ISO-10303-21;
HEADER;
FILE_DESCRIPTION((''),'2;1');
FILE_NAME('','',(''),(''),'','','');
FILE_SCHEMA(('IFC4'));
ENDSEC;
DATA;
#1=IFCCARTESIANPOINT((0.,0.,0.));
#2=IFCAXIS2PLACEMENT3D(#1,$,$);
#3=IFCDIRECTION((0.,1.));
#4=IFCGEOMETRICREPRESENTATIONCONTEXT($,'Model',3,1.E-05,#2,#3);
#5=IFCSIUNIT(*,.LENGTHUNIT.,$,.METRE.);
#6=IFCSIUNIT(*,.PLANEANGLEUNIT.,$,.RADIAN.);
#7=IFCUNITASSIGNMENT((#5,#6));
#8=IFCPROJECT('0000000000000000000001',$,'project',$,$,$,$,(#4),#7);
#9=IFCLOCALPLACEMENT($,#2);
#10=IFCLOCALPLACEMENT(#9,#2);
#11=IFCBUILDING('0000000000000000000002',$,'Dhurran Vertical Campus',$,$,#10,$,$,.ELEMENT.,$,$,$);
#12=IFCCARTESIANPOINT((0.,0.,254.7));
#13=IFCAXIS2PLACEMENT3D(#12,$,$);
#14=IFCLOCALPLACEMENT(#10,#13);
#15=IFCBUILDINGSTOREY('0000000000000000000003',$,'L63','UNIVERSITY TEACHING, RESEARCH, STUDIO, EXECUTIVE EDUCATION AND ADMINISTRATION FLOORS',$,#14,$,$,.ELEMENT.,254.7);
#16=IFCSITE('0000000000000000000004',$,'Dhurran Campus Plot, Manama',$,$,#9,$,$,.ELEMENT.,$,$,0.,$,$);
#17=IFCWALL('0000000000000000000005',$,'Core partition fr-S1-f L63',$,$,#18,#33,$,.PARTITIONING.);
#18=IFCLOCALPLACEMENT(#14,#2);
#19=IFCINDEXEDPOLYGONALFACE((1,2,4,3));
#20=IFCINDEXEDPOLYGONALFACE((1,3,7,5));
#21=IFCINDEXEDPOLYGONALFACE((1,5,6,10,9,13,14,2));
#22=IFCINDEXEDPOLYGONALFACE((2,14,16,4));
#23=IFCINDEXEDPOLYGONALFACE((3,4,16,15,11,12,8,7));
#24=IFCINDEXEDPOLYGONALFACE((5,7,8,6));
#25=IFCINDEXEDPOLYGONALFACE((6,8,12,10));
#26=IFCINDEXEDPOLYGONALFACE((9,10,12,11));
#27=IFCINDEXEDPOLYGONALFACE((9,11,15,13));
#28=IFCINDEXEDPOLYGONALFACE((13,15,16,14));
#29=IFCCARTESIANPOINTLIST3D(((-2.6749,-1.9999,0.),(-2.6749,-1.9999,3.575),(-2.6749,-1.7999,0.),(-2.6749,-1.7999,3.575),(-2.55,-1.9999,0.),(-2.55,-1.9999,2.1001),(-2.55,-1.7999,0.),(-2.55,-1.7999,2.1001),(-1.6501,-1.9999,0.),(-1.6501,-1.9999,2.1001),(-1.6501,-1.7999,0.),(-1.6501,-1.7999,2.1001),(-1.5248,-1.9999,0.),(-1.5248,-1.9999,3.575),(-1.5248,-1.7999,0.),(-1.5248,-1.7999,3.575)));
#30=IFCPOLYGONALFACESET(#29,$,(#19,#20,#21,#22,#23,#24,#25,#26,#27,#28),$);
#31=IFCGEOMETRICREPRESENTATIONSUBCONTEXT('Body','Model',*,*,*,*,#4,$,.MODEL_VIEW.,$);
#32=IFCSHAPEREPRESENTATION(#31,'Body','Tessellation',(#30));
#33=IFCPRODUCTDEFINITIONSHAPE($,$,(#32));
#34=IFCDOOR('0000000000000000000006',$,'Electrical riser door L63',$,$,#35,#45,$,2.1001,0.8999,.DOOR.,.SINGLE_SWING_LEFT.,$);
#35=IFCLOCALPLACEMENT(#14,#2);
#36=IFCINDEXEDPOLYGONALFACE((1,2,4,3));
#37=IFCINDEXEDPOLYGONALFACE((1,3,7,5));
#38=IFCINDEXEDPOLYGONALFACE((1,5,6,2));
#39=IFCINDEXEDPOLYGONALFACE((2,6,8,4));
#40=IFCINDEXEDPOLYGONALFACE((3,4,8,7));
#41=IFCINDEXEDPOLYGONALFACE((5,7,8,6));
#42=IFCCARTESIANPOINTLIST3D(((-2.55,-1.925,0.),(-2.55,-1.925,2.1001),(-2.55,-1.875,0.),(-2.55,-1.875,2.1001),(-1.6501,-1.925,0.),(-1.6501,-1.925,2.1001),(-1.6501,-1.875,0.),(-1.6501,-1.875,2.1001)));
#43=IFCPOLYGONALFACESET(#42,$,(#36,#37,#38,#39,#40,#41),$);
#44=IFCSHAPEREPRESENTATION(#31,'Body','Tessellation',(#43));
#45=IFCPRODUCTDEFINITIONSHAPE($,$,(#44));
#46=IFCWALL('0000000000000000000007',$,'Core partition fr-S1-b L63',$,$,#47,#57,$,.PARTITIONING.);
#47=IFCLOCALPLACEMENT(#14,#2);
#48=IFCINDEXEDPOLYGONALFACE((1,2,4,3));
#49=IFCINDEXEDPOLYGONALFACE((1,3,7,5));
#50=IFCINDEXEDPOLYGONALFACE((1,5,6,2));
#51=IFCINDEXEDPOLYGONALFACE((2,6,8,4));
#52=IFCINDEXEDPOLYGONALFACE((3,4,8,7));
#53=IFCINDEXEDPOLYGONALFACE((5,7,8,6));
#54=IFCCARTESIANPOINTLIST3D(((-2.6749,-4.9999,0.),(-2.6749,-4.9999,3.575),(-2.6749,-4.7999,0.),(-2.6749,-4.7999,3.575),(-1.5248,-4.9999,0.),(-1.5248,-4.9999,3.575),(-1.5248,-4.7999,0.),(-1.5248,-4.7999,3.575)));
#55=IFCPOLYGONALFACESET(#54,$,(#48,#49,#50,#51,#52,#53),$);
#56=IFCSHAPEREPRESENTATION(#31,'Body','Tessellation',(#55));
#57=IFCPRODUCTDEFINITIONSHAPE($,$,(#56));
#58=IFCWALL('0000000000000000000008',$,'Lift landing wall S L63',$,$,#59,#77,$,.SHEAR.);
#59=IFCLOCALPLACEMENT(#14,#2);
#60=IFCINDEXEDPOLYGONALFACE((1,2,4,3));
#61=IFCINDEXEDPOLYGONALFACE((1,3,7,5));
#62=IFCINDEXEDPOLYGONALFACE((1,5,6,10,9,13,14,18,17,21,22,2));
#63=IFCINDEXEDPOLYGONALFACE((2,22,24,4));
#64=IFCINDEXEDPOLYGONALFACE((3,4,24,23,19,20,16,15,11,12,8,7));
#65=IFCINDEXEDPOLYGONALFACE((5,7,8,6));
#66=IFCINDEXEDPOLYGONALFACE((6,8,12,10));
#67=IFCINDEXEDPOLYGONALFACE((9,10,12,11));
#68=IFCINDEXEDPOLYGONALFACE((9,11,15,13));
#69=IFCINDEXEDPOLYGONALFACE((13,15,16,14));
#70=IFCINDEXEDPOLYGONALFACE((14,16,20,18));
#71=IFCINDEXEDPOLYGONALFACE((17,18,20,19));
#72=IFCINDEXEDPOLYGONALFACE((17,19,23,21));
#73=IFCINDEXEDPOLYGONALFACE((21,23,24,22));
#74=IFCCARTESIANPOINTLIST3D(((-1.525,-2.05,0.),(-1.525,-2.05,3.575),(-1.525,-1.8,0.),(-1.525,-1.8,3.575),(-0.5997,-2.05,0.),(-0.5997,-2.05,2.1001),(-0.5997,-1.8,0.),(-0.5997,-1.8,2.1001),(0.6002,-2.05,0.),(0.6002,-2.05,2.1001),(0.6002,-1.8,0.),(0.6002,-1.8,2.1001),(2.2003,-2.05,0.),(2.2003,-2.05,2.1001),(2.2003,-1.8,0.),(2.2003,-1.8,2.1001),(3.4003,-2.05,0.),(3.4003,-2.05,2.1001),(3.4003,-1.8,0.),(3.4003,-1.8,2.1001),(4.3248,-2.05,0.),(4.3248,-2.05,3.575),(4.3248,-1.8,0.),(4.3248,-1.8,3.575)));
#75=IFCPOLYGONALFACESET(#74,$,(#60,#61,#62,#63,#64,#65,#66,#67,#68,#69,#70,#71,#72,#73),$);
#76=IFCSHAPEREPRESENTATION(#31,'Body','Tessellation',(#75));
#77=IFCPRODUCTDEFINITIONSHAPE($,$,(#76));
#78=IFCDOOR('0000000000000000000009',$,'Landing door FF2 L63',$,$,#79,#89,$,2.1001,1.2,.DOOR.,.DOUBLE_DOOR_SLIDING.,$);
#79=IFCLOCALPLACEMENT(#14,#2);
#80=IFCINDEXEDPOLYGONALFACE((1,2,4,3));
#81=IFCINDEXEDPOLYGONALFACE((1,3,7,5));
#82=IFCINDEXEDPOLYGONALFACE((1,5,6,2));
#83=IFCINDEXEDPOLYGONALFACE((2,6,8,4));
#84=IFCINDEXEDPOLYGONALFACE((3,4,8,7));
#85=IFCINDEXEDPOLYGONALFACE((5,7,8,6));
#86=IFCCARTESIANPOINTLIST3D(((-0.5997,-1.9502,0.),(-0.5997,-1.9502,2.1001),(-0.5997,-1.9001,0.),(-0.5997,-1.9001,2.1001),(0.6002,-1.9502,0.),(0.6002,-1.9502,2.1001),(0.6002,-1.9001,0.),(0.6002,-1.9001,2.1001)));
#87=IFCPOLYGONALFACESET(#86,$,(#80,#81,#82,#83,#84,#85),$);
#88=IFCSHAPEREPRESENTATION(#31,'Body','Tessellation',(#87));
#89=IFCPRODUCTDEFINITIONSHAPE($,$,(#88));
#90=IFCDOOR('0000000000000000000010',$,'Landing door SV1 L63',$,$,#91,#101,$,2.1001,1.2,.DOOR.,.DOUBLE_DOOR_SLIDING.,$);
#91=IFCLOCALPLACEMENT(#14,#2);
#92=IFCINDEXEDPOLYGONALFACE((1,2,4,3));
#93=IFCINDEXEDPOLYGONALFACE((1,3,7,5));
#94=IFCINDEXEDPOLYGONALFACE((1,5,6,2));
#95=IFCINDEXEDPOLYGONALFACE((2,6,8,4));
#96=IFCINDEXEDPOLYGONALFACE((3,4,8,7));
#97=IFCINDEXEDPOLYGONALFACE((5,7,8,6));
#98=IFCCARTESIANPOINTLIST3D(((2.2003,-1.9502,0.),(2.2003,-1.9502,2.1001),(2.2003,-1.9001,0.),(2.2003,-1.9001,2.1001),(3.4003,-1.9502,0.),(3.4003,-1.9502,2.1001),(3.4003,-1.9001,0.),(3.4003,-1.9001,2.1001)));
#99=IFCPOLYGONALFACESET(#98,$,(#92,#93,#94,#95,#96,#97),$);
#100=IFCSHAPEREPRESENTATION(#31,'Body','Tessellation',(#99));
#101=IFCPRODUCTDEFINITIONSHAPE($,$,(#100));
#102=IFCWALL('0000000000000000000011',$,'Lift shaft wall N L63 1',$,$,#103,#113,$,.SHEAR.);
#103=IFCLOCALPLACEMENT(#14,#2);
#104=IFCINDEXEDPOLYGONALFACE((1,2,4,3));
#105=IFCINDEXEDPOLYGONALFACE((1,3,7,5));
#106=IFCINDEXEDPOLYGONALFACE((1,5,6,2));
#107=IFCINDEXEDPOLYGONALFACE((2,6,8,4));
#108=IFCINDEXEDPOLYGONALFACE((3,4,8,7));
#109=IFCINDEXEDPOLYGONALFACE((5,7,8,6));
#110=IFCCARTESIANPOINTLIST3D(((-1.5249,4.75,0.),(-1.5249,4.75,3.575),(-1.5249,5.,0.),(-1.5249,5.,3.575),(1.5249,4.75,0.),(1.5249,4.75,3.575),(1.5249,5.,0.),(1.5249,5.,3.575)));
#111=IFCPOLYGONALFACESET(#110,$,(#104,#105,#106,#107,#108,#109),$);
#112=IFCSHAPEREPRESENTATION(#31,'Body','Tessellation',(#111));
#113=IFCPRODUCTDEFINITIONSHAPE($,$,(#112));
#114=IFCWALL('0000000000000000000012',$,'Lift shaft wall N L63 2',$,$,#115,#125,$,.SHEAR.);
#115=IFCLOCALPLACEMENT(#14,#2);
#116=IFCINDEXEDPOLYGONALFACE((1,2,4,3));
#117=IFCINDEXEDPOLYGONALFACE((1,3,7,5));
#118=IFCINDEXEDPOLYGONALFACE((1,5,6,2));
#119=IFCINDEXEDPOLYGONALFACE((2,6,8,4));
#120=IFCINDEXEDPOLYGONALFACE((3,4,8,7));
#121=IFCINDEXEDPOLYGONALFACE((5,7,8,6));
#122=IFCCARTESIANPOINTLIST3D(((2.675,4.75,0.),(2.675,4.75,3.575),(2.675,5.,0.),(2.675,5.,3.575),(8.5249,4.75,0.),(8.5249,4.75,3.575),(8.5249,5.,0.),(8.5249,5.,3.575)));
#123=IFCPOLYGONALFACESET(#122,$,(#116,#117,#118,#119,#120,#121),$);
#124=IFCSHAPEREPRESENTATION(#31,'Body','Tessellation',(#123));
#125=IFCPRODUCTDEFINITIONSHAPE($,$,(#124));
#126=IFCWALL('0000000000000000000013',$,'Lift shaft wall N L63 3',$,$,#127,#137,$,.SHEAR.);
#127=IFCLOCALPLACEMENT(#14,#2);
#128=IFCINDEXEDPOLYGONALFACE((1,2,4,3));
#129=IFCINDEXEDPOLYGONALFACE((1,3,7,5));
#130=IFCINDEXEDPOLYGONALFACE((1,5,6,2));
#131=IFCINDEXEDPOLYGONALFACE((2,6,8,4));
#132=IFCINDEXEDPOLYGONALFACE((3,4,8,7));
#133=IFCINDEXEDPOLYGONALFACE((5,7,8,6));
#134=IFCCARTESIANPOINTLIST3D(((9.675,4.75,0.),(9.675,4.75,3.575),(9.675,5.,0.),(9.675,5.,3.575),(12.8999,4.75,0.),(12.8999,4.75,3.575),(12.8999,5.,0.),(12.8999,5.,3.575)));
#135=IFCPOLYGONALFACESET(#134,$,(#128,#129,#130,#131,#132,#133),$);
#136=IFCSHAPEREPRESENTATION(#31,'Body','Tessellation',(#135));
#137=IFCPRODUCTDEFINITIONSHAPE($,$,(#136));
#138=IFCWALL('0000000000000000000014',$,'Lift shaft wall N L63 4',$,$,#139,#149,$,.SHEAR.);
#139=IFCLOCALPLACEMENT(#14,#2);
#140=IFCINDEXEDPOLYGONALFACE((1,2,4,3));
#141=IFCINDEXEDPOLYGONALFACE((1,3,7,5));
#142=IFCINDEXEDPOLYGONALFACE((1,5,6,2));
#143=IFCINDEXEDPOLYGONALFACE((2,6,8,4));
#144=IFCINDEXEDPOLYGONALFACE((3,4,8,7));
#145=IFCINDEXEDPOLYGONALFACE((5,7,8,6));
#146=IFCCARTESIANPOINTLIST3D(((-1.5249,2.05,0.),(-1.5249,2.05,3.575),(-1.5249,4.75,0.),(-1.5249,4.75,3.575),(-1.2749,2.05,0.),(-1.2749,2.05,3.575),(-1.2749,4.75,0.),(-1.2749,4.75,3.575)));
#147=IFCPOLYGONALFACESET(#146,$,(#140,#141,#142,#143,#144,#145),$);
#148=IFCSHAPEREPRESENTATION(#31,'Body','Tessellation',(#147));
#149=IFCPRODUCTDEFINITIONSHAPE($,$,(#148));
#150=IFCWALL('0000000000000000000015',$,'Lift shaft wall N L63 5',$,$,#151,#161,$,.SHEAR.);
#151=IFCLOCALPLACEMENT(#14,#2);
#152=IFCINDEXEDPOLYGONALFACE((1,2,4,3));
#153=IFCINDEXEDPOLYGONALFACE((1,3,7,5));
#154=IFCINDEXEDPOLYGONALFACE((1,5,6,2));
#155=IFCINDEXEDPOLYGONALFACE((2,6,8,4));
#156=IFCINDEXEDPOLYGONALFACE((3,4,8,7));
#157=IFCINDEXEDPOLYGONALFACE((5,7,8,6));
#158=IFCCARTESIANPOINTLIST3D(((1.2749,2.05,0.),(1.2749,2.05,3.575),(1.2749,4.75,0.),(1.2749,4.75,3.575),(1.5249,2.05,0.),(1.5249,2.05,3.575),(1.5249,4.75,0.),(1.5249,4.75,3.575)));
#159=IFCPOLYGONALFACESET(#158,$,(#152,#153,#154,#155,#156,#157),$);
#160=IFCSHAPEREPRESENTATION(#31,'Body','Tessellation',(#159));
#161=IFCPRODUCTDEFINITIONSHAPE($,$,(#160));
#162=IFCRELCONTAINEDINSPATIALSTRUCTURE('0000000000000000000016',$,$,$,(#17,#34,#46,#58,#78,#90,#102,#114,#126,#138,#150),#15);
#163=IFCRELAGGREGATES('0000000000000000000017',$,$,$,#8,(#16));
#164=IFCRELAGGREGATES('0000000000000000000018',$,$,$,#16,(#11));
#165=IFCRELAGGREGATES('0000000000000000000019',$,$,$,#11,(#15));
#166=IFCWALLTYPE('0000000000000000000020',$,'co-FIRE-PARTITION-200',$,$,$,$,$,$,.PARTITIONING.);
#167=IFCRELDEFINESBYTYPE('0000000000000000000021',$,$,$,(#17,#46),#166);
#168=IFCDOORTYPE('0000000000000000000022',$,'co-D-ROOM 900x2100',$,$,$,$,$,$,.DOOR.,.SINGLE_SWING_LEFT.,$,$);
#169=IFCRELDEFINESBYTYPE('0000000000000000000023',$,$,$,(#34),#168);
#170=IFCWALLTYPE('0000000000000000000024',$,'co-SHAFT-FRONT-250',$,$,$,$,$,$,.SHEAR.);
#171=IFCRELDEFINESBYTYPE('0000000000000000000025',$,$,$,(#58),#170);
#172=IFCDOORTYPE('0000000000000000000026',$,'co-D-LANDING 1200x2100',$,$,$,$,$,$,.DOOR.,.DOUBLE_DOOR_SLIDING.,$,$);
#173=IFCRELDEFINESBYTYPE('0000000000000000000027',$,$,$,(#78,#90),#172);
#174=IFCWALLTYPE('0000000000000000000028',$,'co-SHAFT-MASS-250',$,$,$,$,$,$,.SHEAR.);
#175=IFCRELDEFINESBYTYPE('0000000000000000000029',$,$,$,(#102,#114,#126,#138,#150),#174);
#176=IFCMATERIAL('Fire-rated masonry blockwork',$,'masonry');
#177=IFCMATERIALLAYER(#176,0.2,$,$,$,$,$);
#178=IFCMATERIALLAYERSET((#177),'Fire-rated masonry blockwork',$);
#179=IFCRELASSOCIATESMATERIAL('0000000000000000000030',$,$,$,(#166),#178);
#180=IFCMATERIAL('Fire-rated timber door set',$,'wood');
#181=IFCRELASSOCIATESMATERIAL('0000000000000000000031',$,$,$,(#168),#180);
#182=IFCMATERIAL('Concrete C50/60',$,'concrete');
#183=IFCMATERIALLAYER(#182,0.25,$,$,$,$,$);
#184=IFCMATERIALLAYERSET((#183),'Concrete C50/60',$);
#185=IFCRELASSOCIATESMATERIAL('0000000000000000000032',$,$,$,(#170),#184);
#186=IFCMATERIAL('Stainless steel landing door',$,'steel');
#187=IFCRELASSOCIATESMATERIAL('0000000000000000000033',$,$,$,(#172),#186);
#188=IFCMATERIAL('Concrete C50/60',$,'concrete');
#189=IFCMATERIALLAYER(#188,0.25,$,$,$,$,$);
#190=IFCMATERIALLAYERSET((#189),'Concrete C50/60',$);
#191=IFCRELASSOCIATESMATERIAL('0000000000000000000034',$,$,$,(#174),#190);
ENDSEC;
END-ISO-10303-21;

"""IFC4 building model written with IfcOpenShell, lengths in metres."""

from ifc_helpers import new_model, si_unit, direction, frame, frame_2d, origin, place, context, subcontext, project, spatial, polyline, rectangle, outline, extrude, material, layer, layer_set, type_object, element, fill, save


model = new_model("IFC4")

# Units and contexts
model_context = context("Model", 3, precision=1e-05, world=origin(), true_north=direction((0.0, 1.0)))
body_context = subcontext(model_context, "Body", "Model", "MODEL_VIEW")
ifc_project = project(units=[si_unit("LENGTHUNIT", "METRE"), si_unit("PLANEANGLEUNIT", "RADIAN")], contexts=[model_context])

# Site, building, storey
site_placement = place(None, origin())
site = spatial("IfcSite", under=ifc_project, at=site_placement, Name="Dhurran Campus Plot, Manama", CompositionType="ELEMENT", RefElevation=0.0)
building_placement = place(site_placement, origin())
building = spatial("IfcBuilding", under=site, at=building_placement, Name="Dhurran Vertical Campus", CompositionType="ELEMENT")
storey_placement = place(building_placement, frame((0.0, 0.0, 254.7)))
storey = spatial("IfcBuildingStorey", under=building, at=storey_placement, Name="L63", Description="UNIVERSITY TEACHING, RESEARCH, STUDIO, EXECUTIVE EDUCATION AND ADMINISTRATION FLOORS", CompositionType="ELEMENT", Elevation=254.7)

# Shared definitions
ifc_material_1 = material(Name="Fire-rated masonry blockwork", Category="masonry")
ifc_layer_1 = layer(ifc_material_1, 0.2)
ifc_layer_set_1 = layer_set([ifc_layer_1], Name="Fire-rated masonry blockwork")
wall_type_1 = type_object("IfcWallType", Name="co-FIRE-PARTITION-200", PredefinedType="PARTITIONING", material=ifc_layer_set_1)

# Wall, opening, door
wall_1_placement = place(storey_placement, frame((-2.675, -1.8999, 0.0), z_axis=(0.0, 0.0, 1.0), x_axis=(1.0, 0.0, 0.0)))
wall_1 = element("IfcWall", 1, at=wall_1_placement, inside=storey, type_object=wall_type_1, Name="Core partition fr-S1-f L63", PredefinedType="PARTITIONING", context=body_context, shape_type="SweptSolid", body=[
    extrude(rectangle(XDim=1.1501, YDim=0.2, at=frame_2d((0.5752, 0.0))), origin(), (0.0, 0.0, 1.0), 3.575),
])
opening_1_placement = place(wall_1_placement, frame((0.125, 0.0, 0.0)))
opening_1 = element("IfcOpeningElement", 2, at=opening_1_placement, cuts=wall_1, PredefinedType="OPENING", context=body_context, shape_type="SweptSolid", body=[
    extrude(rectangle(XDim=0.8999, YDim=2.1001, at=frame_2d((0.45, 1.05))), frame((0.0, 0.1099, 0.0), z_axis=(0.0, -1.0, 0.0), x_axis=(1.0, 0.0, 0.0)), (0.0, 0.0, 1.0), 0.22),
])
ifc_material_2 = material(Name="Fire-rated timber door set", Category="wood")
door_type_1 = type_object("IfcDoorType", Name="co-D-ROOM 900x2100", OperationType="SINGLE_SWING_LEFT", PredefinedType="DOOR", material=ifc_material_2)
door_1_placement = place(opening_1_placement, origin())
door_1 = element("IfcDoor", 3, at=door_1_placement, inside=storey, type_object=door_type_1, Name="Electrical riser door L63", OperationType="SINGLE_SWING_LEFT", OverallHeight=2.1001, OverallWidth=0.8999, PredefinedType="DOOR", context=body_context, shape_type="SweptSolid", body=[
    extrude(rectangle(XDim=0.8999, YDim=2.1001, at=frame_2d((0.45, 1.05))), frame((0.0, 0.0249, 0.0), z_axis=(0.0, -1.0, 0.0), x_axis=(1.0, 0.0, 0.0)), (0.0, 0.0, 1.0), 0.05),
])
fill(opening_1, door_1)

# Wall
wall_2_placement = place(storey_placement, frame((-2.675, -4.8999, 0.0), z_axis=(0.0, 0.0, 1.0), x_axis=(1.0, 0.0, 0.0)))
element("IfcWall", 4, at=wall_2_placement, inside=storey, type_object=wall_type_1, Name="Core partition fr-S1-b L63", PredefinedType="PARTITIONING", context=body_context, shape_type="SweptSolid", body=[
    extrude(rectangle(XDim=1.1501, YDim=0.2, at=frame_2d((0.5752, 0.0))), origin(), (0.0, 0.0, 1.0), 3.575),
])

# Wall, openings, doors
ifc_material_3 = material(Name="Concrete C50/60", Category="concrete")
ifc_layer_2 = layer(ifc_material_3, 0.25)
ifc_layer_set_2 = layer_set([ifc_layer_2], Name="Concrete C50/60")
wall_type_2 = type_object("IfcWallType", Name="co-SHAFT-FRONT-250", PredefinedType="SHEAR", material=ifc_layer_set_2)
wall_3_placement = place(storey_placement, frame((-1.5249, -1.925, 0.0), z_axis=(0.0, 0.0, 1.0), x_axis=(1.0, 0.0, 0.0)))
wall_3 = element("IfcWall", 5, at=wall_3_placement, inside=storey, type_object=wall_type_2, Name="Lift landing wall S L63", PredefinedType="SHEAR", context=body_context, shape_type="SweptSolid", body=[
    extrude(rectangle(XDim=5.8499, YDim=0.25, at=frame_2d((2.9248, 0.0))), origin(), (0.0, 0.0, 1.0), 3.575),
])
opening_2_placement = place(wall_3_placement, frame((0.925, 0.0, 0.0)))
opening_2 = element("IfcOpeningElement", 6, at=opening_2_placement, cuts=wall_3, PredefinedType="OPENING", context=body_context, shape_type="SweptSolid", body=[
    extrude(rectangle(XDim=1.2, YDim=2.1001, at=frame_2d((0.6001, 1.05))), frame((0.0, 0.135, 0.0), z_axis=(0.0, -1.0, 0.0), x_axis=(1.0, 0.0, 0.0)), (0.0, 0.0, 1.0), 0.27),
])
opening_3_placement = place(wall_3_placement, frame((3.7251, 0.0, 0.0)))
opening_3 = element("IfcOpeningElement", 7, at=opening_3_placement, cuts=wall_3, PredefinedType="OPENING", context=body_context, shape_type="SweptSolid", body=[
    extrude(rectangle(XDim=1.2, YDim=2.1001, at=frame_2d((0.6001, 1.05))), frame((0.0, 0.135, 0.0), z_axis=(0.0, -1.0, 0.0), x_axis=(1.0, 0.0, 0.0)), (0.0, 0.0, 1.0), 0.27),
])
ifc_material_4 = material(Name="Stainless steel landing door", Category="steel")
door_type_2 = type_object("IfcDoorType", Name="co-D-LANDING 1200x2100", OperationType="DOUBLE_DOOR_SLIDING", PredefinedType="DOOR", material=ifc_material_4)
door_2_placement = place(opening_2_placement, origin())
door_2 = element("IfcDoor", 8, at=door_2_placement, inside=storey, type_object=door_type_2, Name="Landing door FF2 L63", OperationType="DOUBLE_DOOR_SLIDING", OverallHeight=2.1001, OverallWidth=1.2, PredefinedType="DOOR", context=body_context, shape_type="SweptSolid", body=[
    extrude(rectangle(XDim=1.2, YDim=2.1001, at=frame_2d((0.6001, 1.05))), frame((0.0, 0.0249, 0.0), z_axis=(0.0, -1.0, 0.0), x_axis=(1.0, 0.0, 0.0)), (0.0, 0.0, 1.0), 0.05),
])
fill(opening_2, door_2)
door_3_placement = place(opening_3_placement, origin())
door_3 = element("IfcDoor", 9, at=door_3_placement, inside=storey, type_object=door_type_2, Name="Landing door SV1 L63", OperationType="DOUBLE_DOOR_SLIDING", OverallHeight=2.1001, OverallWidth=1.2, PredefinedType="DOOR", context=body_context, shape_type="SweptSolid", body=[
    extrude(rectangle(XDim=1.2, YDim=2.1001, at=frame_2d((0.6001, 1.05))), frame((0.0, 0.0249, 0.0), z_axis=(0.0, -1.0, 0.0), x_axis=(1.0, 0.0, 0.0)), (0.0, 0.0, 1.0), 0.05),
])
fill(opening_3, door_3)

# Walls
ifc_material_5 = material(Name="Concrete C50/60", Category="concrete")
ifc_layer_3 = layer(ifc_material_5, 0.25)
ifc_layer_set_3 = layer_set([ifc_layer_3], Name="Concrete C50/60")
wall_type_3 = type_object("IfcWallType", Name="co-SHAFT-MASS-250", PredefinedType="SHEAR", material=ifc_layer_set_3)
wall_4_placement = place(storey_placement, origin())
element("IfcWall", 10, at=wall_4_placement, inside=storey, type_object=wall_type_3, Name="Lift shaft wall N L63 1", PredefinedType="SHEAR", context=body_context, shape_type="SweptSolid", body=[
    extrude(outline(polyline([(-1.5249, 4.75), (1.5249, 4.75), (1.5249, 5.0), (-1.5249, 5.0), (-1.5249, 4.75)])), origin(), (0.0, 0.0, 1.0), 3.575),
])
wall_5_placement = place(storey_placement, origin())
element("IfcWall", 11, at=wall_5_placement, inside=storey, type_object=wall_type_3, Name="Lift shaft wall N L63 2", PredefinedType="SHEAR", context=body_context, shape_type="SweptSolid", body=[
    extrude(outline(polyline([(2.675, 4.75), (8.5249, 4.75), (8.5249, 5.0), (2.675, 5.0), (2.675, 4.75)])), origin(), (0.0, 0.0, 1.0), 3.575),
])
wall_6_placement = place(storey_placement, origin())
element("IfcWall", 12, at=wall_6_placement, inside=storey, type_object=wall_type_3, Name="Lift shaft wall N L63 3", PredefinedType="SHEAR", context=body_context, shape_type="SweptSolid", body=[
    extrude(outline(polyline([(9.675, 4.75), (12.8999, 4.75), (12.8999, 5.0), (9.675, 5.0), (9.675, 4.75)])), origin(), (0.0, 0.0, 1.0), 3.575),
])
wall_7_placement = place(storey_placement, origin())
element("IfcWall", 13, at=wall_7_placement, inside=storey, type_object=wall_type_3, Name="Lift shaft wall N L63 4", PredefinedType="SHEAR", context=body_context, shape_type="SweptSolid", body=[
    extrude(outline(polyline([(-1.5249, 2.05), (-1.2749, 2.05), (-1.2749, 4.75), (-1.5249, 4.75), (-1.5249, 2.05)])), origin(), (0.0, 0.0, 1.0), 3.575),
])
wall_8_placement = place(storey_placement, origin())
element("IfcWall", 14, at=wall_8_placement, inside=storey, type_object=wall_type_3, Name="Lift shaft wall N L63 5", PredefinedType="SHEAR", context=body_context, shape_type="SweptSolid", body=[
    extrude(outline(polyline([(1.2749, 2.05), (1.5249, 2.05), (1.5249, 4.75), (1.2749, 4.75), (1.2749, 2.05)])), origin(), (0.0, 0.0, 1.0), 3.575),
])

save(model, "model.ifc")
